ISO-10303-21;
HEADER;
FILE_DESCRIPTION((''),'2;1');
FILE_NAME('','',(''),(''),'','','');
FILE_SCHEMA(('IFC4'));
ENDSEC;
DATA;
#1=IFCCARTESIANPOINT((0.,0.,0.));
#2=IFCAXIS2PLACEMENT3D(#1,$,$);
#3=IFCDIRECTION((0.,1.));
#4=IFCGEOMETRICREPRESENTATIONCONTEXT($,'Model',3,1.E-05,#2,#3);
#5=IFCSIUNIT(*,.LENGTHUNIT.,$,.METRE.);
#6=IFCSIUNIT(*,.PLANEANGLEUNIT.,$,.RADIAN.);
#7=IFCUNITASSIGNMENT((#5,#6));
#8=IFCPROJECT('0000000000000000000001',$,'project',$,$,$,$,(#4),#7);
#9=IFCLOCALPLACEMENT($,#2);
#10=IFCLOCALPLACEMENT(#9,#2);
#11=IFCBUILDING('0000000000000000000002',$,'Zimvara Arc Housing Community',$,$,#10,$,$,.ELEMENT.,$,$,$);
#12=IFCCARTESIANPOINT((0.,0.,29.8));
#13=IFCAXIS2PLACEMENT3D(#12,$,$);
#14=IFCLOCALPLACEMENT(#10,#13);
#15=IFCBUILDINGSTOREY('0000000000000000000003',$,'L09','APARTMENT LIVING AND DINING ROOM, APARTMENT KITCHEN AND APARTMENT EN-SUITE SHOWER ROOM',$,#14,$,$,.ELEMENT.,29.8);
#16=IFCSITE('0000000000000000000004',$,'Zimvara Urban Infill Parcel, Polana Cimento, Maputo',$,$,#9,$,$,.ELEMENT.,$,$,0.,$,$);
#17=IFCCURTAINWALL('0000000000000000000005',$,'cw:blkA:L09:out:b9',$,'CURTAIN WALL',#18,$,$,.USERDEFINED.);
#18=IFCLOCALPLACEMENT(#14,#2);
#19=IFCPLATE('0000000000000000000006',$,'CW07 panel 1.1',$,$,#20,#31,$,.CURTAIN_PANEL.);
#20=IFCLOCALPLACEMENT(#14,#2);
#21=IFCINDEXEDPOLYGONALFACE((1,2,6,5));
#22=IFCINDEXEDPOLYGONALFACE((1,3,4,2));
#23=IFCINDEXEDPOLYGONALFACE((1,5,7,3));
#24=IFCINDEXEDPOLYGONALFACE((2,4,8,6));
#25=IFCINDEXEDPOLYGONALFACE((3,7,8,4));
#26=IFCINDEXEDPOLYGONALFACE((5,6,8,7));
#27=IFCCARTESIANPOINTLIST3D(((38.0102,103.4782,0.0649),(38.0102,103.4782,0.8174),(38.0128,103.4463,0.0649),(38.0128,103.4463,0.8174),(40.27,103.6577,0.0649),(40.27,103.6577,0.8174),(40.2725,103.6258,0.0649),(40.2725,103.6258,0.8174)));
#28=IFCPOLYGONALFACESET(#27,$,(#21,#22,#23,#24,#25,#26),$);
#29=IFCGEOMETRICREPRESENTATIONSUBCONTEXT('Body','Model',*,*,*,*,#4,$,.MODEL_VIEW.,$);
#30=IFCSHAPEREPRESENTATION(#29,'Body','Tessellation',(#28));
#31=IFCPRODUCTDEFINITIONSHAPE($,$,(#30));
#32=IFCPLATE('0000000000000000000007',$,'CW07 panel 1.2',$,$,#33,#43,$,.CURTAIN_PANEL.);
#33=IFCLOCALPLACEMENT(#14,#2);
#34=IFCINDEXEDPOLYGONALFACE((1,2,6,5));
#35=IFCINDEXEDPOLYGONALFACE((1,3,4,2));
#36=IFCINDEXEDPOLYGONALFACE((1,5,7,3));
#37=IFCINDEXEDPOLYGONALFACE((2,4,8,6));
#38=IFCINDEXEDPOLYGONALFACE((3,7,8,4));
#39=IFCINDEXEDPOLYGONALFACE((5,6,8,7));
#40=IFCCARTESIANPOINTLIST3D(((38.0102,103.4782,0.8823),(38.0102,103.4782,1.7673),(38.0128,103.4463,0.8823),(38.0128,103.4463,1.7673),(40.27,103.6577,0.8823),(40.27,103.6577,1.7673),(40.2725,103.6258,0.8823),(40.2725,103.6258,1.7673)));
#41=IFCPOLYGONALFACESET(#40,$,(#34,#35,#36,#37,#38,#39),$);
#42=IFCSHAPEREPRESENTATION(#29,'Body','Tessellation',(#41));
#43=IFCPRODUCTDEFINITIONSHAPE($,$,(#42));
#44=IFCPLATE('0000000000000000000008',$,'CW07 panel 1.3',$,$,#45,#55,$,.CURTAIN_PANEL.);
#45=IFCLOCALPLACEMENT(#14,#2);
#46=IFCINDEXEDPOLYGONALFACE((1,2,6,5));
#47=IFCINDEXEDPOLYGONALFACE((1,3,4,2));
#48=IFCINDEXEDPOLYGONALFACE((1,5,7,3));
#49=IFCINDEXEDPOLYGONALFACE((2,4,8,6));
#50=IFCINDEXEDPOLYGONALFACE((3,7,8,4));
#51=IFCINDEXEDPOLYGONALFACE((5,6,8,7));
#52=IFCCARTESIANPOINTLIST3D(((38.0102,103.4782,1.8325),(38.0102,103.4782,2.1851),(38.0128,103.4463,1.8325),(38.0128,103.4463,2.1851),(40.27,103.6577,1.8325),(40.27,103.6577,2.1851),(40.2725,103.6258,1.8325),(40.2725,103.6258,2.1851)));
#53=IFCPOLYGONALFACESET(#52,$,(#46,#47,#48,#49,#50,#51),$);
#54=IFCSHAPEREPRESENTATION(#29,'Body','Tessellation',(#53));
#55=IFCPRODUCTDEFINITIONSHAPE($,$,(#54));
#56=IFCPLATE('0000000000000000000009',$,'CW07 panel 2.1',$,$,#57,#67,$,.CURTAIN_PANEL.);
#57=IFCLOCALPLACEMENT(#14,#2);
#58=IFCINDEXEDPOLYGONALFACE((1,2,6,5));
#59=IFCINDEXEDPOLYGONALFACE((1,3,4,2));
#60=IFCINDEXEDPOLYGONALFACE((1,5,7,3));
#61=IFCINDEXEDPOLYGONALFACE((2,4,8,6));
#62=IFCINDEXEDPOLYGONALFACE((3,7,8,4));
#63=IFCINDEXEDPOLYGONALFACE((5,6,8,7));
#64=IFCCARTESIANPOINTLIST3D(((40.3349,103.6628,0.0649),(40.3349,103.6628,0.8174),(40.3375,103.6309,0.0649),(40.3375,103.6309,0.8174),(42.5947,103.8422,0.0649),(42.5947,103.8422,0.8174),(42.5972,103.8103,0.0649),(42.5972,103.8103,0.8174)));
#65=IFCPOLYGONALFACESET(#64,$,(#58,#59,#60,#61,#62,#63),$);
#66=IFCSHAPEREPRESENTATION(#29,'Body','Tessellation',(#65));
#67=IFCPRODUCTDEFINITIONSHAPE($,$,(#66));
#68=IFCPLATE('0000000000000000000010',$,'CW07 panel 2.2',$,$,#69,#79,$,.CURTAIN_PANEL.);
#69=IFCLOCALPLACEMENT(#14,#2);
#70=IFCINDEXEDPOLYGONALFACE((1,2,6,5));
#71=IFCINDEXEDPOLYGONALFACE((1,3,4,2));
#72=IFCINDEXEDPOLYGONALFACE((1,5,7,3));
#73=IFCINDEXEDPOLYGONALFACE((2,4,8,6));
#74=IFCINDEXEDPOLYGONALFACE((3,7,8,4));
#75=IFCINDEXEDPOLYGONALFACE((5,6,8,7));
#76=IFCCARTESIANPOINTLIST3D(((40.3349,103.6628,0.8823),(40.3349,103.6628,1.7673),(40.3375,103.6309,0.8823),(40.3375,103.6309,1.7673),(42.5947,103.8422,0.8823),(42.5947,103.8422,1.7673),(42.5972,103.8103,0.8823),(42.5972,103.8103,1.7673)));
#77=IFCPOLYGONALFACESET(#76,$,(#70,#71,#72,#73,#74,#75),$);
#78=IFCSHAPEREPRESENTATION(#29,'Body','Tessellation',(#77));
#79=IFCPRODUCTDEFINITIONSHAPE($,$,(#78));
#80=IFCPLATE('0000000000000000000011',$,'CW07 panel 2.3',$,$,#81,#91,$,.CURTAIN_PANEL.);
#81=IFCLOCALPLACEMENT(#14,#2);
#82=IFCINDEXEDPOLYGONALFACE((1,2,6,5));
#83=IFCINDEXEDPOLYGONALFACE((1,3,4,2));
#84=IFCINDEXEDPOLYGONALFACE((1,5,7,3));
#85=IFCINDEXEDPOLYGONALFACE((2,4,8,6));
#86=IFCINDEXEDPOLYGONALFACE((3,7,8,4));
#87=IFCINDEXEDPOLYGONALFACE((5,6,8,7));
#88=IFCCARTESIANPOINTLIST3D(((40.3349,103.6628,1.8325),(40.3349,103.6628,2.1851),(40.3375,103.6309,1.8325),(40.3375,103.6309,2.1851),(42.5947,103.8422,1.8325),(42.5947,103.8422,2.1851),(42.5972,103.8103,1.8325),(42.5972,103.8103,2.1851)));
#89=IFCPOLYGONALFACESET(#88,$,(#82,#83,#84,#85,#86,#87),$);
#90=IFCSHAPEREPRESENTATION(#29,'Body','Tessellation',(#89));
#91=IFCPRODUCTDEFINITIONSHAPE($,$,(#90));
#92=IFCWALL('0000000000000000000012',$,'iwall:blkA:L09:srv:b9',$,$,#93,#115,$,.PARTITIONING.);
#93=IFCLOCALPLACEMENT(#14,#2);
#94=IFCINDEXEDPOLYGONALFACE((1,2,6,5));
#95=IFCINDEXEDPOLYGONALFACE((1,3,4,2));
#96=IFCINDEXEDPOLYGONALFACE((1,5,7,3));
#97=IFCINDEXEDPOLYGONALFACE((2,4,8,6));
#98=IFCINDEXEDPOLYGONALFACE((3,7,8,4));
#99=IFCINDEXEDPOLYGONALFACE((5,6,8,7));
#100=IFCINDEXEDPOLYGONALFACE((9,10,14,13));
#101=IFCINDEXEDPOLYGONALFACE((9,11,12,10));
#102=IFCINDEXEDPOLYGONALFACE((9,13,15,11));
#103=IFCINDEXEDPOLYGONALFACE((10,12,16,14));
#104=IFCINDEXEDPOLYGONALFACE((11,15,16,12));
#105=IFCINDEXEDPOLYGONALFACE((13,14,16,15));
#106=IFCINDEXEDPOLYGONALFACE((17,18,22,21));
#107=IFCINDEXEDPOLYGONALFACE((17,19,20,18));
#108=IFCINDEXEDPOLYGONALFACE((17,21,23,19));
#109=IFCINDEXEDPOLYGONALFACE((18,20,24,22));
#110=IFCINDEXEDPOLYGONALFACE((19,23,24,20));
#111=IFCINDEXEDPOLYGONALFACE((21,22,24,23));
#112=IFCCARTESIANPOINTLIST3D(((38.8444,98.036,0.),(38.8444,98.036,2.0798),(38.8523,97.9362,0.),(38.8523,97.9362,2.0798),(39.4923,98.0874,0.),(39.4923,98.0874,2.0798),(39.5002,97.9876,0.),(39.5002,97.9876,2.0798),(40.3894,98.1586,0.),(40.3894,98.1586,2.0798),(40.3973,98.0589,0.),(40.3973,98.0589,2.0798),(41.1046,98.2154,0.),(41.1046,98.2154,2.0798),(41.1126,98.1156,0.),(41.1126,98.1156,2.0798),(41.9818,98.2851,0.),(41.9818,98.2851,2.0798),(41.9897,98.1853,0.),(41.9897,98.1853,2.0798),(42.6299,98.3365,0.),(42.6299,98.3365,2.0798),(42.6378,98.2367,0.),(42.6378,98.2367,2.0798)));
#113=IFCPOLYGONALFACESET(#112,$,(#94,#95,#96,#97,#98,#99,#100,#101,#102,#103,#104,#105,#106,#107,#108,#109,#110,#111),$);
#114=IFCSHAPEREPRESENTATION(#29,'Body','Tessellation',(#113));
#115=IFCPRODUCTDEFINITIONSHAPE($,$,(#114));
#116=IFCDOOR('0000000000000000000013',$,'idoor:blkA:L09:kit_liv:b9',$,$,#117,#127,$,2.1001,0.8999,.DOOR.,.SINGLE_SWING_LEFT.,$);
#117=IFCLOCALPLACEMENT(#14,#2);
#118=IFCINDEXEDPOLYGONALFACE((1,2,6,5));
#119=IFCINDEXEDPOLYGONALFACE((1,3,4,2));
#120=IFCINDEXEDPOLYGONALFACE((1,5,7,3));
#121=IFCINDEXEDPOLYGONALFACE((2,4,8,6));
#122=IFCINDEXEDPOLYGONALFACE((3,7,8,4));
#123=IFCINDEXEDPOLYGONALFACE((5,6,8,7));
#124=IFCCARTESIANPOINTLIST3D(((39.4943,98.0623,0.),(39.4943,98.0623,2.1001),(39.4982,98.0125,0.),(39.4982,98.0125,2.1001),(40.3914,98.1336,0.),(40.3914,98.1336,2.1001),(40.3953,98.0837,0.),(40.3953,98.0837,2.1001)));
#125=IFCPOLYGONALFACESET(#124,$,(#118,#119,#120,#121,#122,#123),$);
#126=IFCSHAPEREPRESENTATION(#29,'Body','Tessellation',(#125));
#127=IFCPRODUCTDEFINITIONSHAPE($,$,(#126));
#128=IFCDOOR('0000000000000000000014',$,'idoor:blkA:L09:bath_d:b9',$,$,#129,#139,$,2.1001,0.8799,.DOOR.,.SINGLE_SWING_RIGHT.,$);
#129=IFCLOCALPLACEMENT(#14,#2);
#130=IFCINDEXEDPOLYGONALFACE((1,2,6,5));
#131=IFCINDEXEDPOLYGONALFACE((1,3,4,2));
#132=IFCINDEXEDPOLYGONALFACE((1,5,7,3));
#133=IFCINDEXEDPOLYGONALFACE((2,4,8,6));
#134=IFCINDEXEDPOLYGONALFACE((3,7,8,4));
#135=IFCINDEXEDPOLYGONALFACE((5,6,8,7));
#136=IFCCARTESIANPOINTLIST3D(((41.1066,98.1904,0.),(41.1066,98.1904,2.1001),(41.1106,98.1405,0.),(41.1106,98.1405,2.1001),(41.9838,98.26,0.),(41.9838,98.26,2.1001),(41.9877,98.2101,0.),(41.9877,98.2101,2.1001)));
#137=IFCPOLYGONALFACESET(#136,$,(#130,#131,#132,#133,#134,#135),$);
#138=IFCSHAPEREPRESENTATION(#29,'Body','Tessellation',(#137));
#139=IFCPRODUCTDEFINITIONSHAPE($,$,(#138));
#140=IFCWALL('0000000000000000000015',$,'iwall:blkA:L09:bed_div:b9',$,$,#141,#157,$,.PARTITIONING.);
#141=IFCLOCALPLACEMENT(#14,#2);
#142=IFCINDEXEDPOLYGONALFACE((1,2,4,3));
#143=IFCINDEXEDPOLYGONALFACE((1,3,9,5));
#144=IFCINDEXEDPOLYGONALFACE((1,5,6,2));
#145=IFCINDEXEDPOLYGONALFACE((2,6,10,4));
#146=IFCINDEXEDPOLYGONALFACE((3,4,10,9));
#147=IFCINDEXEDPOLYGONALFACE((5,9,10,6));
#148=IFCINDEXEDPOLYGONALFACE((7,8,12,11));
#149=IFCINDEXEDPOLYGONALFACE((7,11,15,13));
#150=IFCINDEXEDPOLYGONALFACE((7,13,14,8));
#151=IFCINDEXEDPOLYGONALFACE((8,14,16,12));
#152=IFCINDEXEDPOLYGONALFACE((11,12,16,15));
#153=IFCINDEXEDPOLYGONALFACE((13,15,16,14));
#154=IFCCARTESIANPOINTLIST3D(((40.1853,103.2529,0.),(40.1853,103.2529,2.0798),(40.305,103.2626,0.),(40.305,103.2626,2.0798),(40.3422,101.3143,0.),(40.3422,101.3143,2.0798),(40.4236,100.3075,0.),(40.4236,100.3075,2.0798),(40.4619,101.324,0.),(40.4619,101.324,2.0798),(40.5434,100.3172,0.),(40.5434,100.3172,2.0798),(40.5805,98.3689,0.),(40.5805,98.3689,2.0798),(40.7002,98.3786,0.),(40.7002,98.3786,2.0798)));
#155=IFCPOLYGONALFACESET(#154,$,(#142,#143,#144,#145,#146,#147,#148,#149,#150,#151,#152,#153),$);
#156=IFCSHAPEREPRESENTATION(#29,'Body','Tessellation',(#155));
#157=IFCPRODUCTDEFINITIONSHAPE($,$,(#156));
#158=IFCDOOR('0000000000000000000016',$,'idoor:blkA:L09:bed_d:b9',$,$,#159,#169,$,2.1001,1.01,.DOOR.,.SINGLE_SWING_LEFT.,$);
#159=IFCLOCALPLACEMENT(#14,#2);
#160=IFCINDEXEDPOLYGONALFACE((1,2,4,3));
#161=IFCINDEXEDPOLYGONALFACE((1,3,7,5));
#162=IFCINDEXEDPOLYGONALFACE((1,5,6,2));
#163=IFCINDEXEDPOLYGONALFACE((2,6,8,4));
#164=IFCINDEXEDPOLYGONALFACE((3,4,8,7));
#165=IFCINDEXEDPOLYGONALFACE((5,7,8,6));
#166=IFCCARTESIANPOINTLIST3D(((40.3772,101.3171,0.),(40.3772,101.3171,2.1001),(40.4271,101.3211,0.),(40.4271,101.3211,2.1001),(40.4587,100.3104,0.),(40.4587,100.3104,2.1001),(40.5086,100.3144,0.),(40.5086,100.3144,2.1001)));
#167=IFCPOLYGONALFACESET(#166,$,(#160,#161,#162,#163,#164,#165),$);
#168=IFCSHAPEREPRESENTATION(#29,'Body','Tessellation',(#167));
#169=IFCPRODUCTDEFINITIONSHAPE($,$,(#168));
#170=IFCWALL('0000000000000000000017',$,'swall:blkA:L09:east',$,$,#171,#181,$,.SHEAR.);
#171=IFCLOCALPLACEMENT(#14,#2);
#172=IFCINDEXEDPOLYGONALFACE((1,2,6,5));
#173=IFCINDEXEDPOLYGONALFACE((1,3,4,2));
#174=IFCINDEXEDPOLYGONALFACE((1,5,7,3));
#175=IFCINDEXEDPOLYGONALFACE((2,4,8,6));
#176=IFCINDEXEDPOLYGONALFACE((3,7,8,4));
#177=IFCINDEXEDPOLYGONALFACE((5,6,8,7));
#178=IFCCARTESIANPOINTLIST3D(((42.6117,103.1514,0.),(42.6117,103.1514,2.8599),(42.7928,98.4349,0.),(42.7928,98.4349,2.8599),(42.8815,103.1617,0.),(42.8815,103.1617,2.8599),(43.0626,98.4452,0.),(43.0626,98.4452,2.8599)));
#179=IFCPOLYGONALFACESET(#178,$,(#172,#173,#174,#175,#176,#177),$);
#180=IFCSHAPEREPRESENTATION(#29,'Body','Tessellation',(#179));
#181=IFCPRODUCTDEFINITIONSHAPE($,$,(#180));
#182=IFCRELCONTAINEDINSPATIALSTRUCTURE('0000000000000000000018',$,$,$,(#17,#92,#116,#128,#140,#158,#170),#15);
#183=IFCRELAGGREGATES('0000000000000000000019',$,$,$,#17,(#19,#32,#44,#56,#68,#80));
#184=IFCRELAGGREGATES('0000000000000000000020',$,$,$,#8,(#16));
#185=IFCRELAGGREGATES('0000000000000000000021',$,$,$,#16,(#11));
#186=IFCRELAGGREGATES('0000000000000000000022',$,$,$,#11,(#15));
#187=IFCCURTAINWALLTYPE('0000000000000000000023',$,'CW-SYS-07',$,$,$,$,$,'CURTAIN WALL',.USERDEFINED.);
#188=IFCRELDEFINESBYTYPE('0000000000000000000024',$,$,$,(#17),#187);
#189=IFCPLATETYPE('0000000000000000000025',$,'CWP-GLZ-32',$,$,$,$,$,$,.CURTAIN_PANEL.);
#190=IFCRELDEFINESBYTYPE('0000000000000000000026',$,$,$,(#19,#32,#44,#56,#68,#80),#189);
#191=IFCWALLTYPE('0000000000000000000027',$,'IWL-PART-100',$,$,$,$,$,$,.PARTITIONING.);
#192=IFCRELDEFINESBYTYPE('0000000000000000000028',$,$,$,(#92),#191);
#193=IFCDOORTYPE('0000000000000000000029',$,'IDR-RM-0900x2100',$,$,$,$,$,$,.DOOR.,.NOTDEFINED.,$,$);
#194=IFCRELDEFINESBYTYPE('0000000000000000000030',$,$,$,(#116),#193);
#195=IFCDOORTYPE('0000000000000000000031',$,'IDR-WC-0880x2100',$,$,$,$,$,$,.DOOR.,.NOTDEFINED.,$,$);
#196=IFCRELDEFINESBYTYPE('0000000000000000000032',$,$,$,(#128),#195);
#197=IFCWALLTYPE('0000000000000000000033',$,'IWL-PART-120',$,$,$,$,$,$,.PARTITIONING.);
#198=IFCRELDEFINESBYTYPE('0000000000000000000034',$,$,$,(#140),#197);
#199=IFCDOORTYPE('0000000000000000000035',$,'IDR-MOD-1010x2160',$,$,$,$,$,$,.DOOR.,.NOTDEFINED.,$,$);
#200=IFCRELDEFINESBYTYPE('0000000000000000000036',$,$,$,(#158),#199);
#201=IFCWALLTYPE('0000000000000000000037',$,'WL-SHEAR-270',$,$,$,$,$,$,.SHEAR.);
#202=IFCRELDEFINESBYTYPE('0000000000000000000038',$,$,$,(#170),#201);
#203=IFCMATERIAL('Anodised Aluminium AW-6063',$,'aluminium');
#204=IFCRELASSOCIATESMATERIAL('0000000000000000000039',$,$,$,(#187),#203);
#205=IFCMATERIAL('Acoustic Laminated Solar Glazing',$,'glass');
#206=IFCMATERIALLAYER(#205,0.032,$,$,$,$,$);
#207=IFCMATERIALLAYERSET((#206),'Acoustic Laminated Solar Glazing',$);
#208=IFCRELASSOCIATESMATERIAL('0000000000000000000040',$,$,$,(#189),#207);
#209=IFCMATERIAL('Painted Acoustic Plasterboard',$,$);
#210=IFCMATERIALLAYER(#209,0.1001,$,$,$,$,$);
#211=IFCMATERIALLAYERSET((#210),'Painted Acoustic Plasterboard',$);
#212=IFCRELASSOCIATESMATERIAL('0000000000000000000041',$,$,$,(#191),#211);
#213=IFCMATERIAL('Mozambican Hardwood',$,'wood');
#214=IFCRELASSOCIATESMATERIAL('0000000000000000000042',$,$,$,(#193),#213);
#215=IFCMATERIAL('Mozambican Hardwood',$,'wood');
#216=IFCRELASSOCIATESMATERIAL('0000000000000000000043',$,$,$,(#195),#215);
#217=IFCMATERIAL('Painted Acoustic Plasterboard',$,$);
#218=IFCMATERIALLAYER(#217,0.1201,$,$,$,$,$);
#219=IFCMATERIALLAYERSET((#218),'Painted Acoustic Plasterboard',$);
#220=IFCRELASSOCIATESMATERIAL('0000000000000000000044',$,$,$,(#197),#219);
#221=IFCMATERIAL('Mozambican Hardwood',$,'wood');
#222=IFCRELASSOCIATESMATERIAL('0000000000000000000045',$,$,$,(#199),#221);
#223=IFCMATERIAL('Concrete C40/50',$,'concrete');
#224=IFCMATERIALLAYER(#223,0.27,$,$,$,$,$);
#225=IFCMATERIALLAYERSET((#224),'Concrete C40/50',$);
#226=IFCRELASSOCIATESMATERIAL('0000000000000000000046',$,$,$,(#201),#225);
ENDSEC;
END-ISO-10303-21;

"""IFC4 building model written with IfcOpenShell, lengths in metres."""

from ifc_helpers import new_model, si_unit, direction, frame, frame_2d, origin, origin_2d, place, context, subcontext, project, spatial, rectangle, extrude, material, layer, layer_set, type_object, element, fill, aggregate, save


model = new_model("IFC4")

# Units and contexts
model_context = context("Model", 3, precision=1e-05, world=origin(), true_north=direction((0.0, 1.0)))
body_context = subcontext(model_context, "Body", "Model", "MODEL_VIEW")
ifc_project = project(units=[si_unit("LENGTHUNIT", "METRE"), si_unit("PLANEANGLEUNIT", "RADIAN")], contexts=[model_context])

# Site, building, storey
site_placement = place(None, origin())
site = spatial("IfcSite", under=ifc_project, at=site_placement, Name="Zimvara Urban Infill Parcel, Polana Cimento, Maputo", CompositionType="ELEMENT", RefElevation=0.0)
building_placement = place(site_placement, origin())
building = spatial("IfcBuilding", under=site, at=building_placement, Name="Zimvara Arc Housing Community", CompositionType="ELEMENT")
storey_placement = place(building_placement, frame((0.0, 0.0, 29.8)))
storey = spatial("IfcBuildingStorey", under=building, at=storey_placement, Name="L09", Description="APARTMENT LIVING AND DINING ROOM, APARTMENT KITCHEN AND APARTMENT EN-SUITE SHOWER ROOM", CompositionType="ELEMENT", Elevation=29.8)

# Curtain wall, plates
ifc_material_1 = material(Name="Anodised Aluminium AW-6063", Category="aluminium")
curtain_wall_type = type_object("IfcCurtainWallType", Name="CW-SYS-07", ElementType="CURTAIN WALL", PredefinedType="USERDEFINED", material=ifc_material_1)
curtain_wall_placement = place(storey_placement, origin())
curtain_wall = element("IfcCurtainWall", 1, at=curtain_wall_placement, inside=storey, type_object=curtain_wall_type, Name="cw:blkA:L09:out:b9", ObjectType="CURTAIN WALL", PredefinedType="USERDEFINED")
ifc_material_2 = material(Name="Acoustic Laminated Solar Glazing", Category="glass")
ifc_layer_1 = layer(ifc_material_2, 0.032)
ifc_layer_set_1 = layer_set([ifc_layer_1], Name="Acoustic Laminated Solar Glazing")
plate_type = type_object("IfcPlateType", Name="CWP-GLZ-32", PredefinedType="CURTAIN_PANEL", material=ifc_layer_set_1)
plate_1_placement = place(storey_placement, frame((39.1414, 103.552, 0.0649), z_axis=(0.0, 0.0, 1.0), x_axis=(0.996862, 0.079154, 0.0)))
plate_1 = element("IfcPlate", 2, at=plate_1_placement, type_object=plate_type, Name="CW07 panel 1.1", PredefinedType="CURTAIN_PANEL", context=body_context, shape_type="SweptSolid", body=[
    extrude(rectangle(XDim=2.2668, YDim=0.032, at=origin_2d()), origin(), (0.0, 0.0, 1.0), 0.7524),
])
plate_2_placement = place(storey_placement, frame((39.1414, 103.552, 0.8823), z_axis=(0.0, 0.0, 1.0), x_axis=(0.996862, 0.079154, 0.0)))
plate_2 = element("IfcPlate", 3, at=plate_2_placement, type_object=plate_type, Name="CW07 panel 1.2", PredefinedType="CURTAIN_PANEL", context=body_context, shape_type="SweptSolid", body=[
    extrude(rectangle(XDim=2.2668, YDim=0.032, at=origin_2d()), origin(), (0.0, 0.0, 1.0), 0.885),
])
plate_3_placement = place(storey_placement, frame((39.1414, 103.552, 1.8325), z_axis=(0.0, 0.0, 1.0), x_axis=(0.996862, 0.079154, 0.0)))
plate_3 = element("IfcPlate", 4, at=plate_3_placement, type_object=plate_type, Name="CW07 panel 1.3", PredefinedType="CURTAIN_PANEL", context=body_context, shape_type="SweptSolid", body=[
    extrude(rectangle(XDim=2.2668, YDim=0.032, at=origin_2d()), origin(), (0.0, 0.0, 1.0), 0.3525),
])
plate_4_placement = place(storey_placement, frame((41.4661, 103.7366, 0.0649), z_axis=(0.0, 0.0, 1.0), x_axis=(0.996862, 0.079154, 0.0)))
plate_4 = element("IfcPlate", 5, at=plate_4_placement, type_object=plate_type, Name="CW07 panel 2.1", PredefinedType="CURTAIN_PANEL", context=body_context, shape_type="SweptSolid", body=[
    extrude(rectangle(XDim=2.2668, YDim=0.032, at=origin_2d()), origin(), (0.0, 0.0, 1.0), 0.7524),
])
plate_5_placement = place(storey_placement, frame((41.4661, 103.7366, 0.8823), z_axis=(0.0, 0.0, 1.0), x_axis=(0.996862, 0.079154, 0.0)))
plate_5 = element("IfcPlate", 6, at=plate_5_placement, type_object=plate_type, Name="CW07 panel 2.2", PredefinedType="CURTAIN_PANEL", context=body_context, shape_type="SweptSolid", body=[
    extrude(rectangle(XDim=2.2668, YDim=0.032, at=origin_2d()), origin(), (0.0, 0.0, 1.0), 0.885),
])
plate_6_placement = place(storey_placement, frame((41.4661, 103.7366, 1.8325), z_axis=(0.0, 0.0, 1.0), x_axis=(0.996862, 0.079154, 0.0)))
plate_6 = element("IfcPlate", 7, at=plate_6_placement, type_object=plate_type, Name="CW07 panel 2.3", PredefinedType="CURTAIN_PANEL", context=body_context, shape_type="SweptSolid", body=[
    extrude(rectangle(XDim=2.2668, YDim=0.032, at=origin_2d()), origin(), (0.0, 0.0, 1.0), 0.3525),
])
aggregate(curtain_wall, [plate_1, plate_2, plate_3, plate_4, plate_5, plate_6])

# Wall, openings, doors
ifc_material_3 = material(Name="Painted Acoustic Plasterboard")
ifc_layer_2 = layer(ifc_material_3, 0.1001)
ifc_layer_set_2 = layer_set([ifc_layer_2], Name="Painted Acoustic Plasterboard")
wall_type_1 = type_object("IfcWallType", Name="IWL-PART-100", PredefinedType="PARTITIONING", material=ifc_layer_set_2)
wall_1_placement = place(storey_placement, frame((38.8484, 97.9861, 0.0), z_axis=(0.0, 0.0, 1.0), x_axis=(0.996863, 0.079145, 0.0)))
wall_1 = element("IfcWall", 8, at=wall_1_placement, inside=storey, type_object=wall_type_1, Name="iwall:blkA:L09:srv:b9", PredefinedType="PARTITIONING", context=body_context, shape_type="SweptSolid", body=[
    extrude(rectangle(XDim=3.7974, YDim=0.1001, at=frame_2d((1.8987, 0.0))), origin(), (0.0, 0.0, 1.0), 2.0798),
])
opening_1_placement = place(wall_1_placement, frame((0.6499, 0.0, 0.0)))
opening_1 = element("IfcOpeningElement", 9, at=opening_1_placement, cuts=wall_1, PredefinedType="OPENING", context=body_context, shape_type="SweptSolid", body=[
    extrude(rectangle(XDim=0.8999, YDim=2.1001, at=frame_2d((0.45, 1.05))), frame((0.0, 0.0601, 0.0), z_axis=(0.0, -1.0, 0.0), x_axis=(1.0, 0.0, 0.0)), (0.0, 0.0, 1.0), 0.1201),
])
opening_2_placement = place(wall_1_placement, frame((2.2673, 0.0, 0.0)))
opening_2 = element("IfcOpeningElement", 10, at=opening_2_placement, cuts=wall_1, PredefinedType="OPENING", context=body_context, shape_type="SweptSolid", body=[
    extrude(rectangle(XDim=0.8799, YDim=2.1001, at=frame_2d((0.4399, 1.05))), frame((0.0, 0.0601, 0.0), z_axis=(0.0, -1.0, 0.0), x_axis=(1.0, 0.0, 0.0)), (0.0, 0.0, 1.0), 0.1201),
])
ifc_material_4 = material(Name="Mozambican Hardwood", Category="wood")
door_type_1 = type_object("IfcDoorType", Name="IDR-RM-0900x2100", OperationType="NOTDEFINED", PredefinedType="DOOR", material=ifc_material_4)
door_1_placement = place(opening_1_placement, origin())
door_1 = element("IfcDoor", 11, at=door_1_placement, inside=storey, type_object=door_type_1, Name="idoor:blkA:L09:kit_liv:b9", OperationType="SINGLE_SWING_LEFT", OverallHeight=2.1001, OverallWidth=0.8999, PredefinedType="DOOR", context=body_context, shape_type="SweptSolid", body=[
    extrude(rectangle(XDim=0.8999, YDim=2.1001, at=frame_2d((0.45, 1.05))), frame((0.0, 0.0249, 0.0), z_axis=(0.0, -1.0, 0.0), x_axis=(1.0, 0.0, 0.0)), (0.0, 0.0, 1.0), 0.05),
])
fill(opening_1, door_1)
ifc_material_5 = material(Name="Mozambican Hardwood", Category="wood")
door_type_2 = type_object("IfcDoorType", Name="IDR-WC-0880x2100", OperationType="NOTDEFINED", PredefinedType="DOOR", material=ifc_material_5)
door_2_placement = place(opening_2_placement, origin())
door_2 = element("IfcDoor", 12, at=door_2_placement, inside=storey, type_object=door_type_2, Name="idoor:blkA:L09:bath_d:b9", OperationType="SINGLE_SWING_RIGHT", OverallHeight=2.1001, OverallWidth=0.8799, PredefinedType="DOOR", context=body_context, shape_type="SweptSolid", body=[
    extrude(rectangle(XDim=0.8799, YDim=2.1001, at=frame_2d((0.4399, 1.05))), frame((0.0, 0.0249, 0.0), z_axis=(0.0, -1.0, 0.0), x_axis=(1.0, 0.0, 0.0)), (0.0, 0.0, 1.0), 0.05),
])
fill(opening_2, door_2)

# Wall, opening, door
ifc_material_6 = material(Name="Painted Acoustic Plasterboard")
ifc_layer_3 = layer(ifc_material_6, 0.1201)
ifc_layer_set_3 = layer_set([ifc_layer_3], Name="Painted Acoustic Plasterboard")
wall_type_2 = type_object("IfcWallType", Name="IWL-PART-120", PredefinedType="PARTITIONING", material=ifc_layer_set_3)
wall_2_placement = place(storey_placement, frame((40.6404, 98.3738, 0.0), z_axis=(0.0, 0.0, 1.0), x_axis=(-0.080666, 0.996741, 0.0)))
wall_2 = element("IfcWall", 13, at=wall_2_placement, inside=storey, type_object=wall_type_2, Name="iwall:blkA:L09:bed_div:b9", PredefinedType="PARTITIONING", context=body_context, shape_type="SweptSolid", body=[
    extrude(rectangle(XDim=4.8999, YDim=0.1201, at=frame_2d((2.45, 0.0))), origin(), (0.0, 0.0, 1.0), 2.0798),
])
opening_3_placement = place(wall_2_placement, frame((1.9451, 0.0, 0.0)))
opening_3 = element("IfcOpeningElement", 14, at=opening_3_placement, cuts=wall_2, PredefinedType="OPENING", context=body_context, shape_type="SweptSolid", body=[
    extrude(rectangle(XDim=1.01, YDim=2.1001, at=frame_2d((0.5049, 1.05))), frame((0.0, 0.0701, 0.0), z_axis=(0.0, -1.0, 0.0), x_axis=(1.0, 0.0, 0.0)), (0.0, 0.0, 1.0), 0.1401),
])
ifc_material_7 = material(Name="Mozambican Hardwood", Category="wood")
door_type_3 = type_object("IfcDoorType", Name="IDR-MOD-1010x2160", OperationType="NOTDEFINED", PredefinedType="DOOR", material=ifc_material_7)
door_3_placement = place(opening_3_placement, origin())
door_3 = element("IfcDoor", 15, at=door_3_placement, inside=storey, type_object=door_type_3, Name="idoor:blkA:L09:bed_d:b9", OperationType="SINGLE_SWING_LEFT", OverallHeight=2.1001, OverallWidth=1.01, PredefinedType="DOOR", context=body_context, shape_type="SweptSolid", body=[
    extrude(rectangle(XDim=1.01, YDim=2.1001, at=frame_2d((0.5049, 1.05))), frame((0.0, 0.0249, 0.0), z_axis=(0.0, -1.0, 0.0), x_axis=(1.0, 0.0, 0.0)), (0.0, 0.0, 1.0), 0.05),
])
fill(opening_3, door_3)

# Wall
ifc_material_8 = material(Name="Concrete C40/50", Category="concrete")
ifc_layer_4 = layer(ifc_material_8, 0.27)
ifc_layer_set_4 = layer_set([ifc_layer_4], Name="Concrete C40/50")
wall_type_3 = type_object("IfcWallType", Name="WL-SHEAR-270", PredefinedType="SHEAR", material=ifc_layer_set_4)
wall_3_placement = place(storey_placement, frame((42.9277, 98.4402, 0.0), z_axis=(0.0, 0.0, 1.0), x_axis=(-0.038379, 0.999263, 0.0)))
element("IfcWall", 16, at=wall_3_placement, inside=storey, type_object=wall_type_3, Name="swall:blkA:L09:east", PredefinedType="SHEAR", context=body_context, shape_type="SweptSolid", body=[
    extrude(rectangle(XDim=4.72, YDim=0.27, at=frame_2d((2.3599, 0.0))), origin(), (0.0, 0.0, 1.0), 2.8599),
])

save(model, "model.ifc")
